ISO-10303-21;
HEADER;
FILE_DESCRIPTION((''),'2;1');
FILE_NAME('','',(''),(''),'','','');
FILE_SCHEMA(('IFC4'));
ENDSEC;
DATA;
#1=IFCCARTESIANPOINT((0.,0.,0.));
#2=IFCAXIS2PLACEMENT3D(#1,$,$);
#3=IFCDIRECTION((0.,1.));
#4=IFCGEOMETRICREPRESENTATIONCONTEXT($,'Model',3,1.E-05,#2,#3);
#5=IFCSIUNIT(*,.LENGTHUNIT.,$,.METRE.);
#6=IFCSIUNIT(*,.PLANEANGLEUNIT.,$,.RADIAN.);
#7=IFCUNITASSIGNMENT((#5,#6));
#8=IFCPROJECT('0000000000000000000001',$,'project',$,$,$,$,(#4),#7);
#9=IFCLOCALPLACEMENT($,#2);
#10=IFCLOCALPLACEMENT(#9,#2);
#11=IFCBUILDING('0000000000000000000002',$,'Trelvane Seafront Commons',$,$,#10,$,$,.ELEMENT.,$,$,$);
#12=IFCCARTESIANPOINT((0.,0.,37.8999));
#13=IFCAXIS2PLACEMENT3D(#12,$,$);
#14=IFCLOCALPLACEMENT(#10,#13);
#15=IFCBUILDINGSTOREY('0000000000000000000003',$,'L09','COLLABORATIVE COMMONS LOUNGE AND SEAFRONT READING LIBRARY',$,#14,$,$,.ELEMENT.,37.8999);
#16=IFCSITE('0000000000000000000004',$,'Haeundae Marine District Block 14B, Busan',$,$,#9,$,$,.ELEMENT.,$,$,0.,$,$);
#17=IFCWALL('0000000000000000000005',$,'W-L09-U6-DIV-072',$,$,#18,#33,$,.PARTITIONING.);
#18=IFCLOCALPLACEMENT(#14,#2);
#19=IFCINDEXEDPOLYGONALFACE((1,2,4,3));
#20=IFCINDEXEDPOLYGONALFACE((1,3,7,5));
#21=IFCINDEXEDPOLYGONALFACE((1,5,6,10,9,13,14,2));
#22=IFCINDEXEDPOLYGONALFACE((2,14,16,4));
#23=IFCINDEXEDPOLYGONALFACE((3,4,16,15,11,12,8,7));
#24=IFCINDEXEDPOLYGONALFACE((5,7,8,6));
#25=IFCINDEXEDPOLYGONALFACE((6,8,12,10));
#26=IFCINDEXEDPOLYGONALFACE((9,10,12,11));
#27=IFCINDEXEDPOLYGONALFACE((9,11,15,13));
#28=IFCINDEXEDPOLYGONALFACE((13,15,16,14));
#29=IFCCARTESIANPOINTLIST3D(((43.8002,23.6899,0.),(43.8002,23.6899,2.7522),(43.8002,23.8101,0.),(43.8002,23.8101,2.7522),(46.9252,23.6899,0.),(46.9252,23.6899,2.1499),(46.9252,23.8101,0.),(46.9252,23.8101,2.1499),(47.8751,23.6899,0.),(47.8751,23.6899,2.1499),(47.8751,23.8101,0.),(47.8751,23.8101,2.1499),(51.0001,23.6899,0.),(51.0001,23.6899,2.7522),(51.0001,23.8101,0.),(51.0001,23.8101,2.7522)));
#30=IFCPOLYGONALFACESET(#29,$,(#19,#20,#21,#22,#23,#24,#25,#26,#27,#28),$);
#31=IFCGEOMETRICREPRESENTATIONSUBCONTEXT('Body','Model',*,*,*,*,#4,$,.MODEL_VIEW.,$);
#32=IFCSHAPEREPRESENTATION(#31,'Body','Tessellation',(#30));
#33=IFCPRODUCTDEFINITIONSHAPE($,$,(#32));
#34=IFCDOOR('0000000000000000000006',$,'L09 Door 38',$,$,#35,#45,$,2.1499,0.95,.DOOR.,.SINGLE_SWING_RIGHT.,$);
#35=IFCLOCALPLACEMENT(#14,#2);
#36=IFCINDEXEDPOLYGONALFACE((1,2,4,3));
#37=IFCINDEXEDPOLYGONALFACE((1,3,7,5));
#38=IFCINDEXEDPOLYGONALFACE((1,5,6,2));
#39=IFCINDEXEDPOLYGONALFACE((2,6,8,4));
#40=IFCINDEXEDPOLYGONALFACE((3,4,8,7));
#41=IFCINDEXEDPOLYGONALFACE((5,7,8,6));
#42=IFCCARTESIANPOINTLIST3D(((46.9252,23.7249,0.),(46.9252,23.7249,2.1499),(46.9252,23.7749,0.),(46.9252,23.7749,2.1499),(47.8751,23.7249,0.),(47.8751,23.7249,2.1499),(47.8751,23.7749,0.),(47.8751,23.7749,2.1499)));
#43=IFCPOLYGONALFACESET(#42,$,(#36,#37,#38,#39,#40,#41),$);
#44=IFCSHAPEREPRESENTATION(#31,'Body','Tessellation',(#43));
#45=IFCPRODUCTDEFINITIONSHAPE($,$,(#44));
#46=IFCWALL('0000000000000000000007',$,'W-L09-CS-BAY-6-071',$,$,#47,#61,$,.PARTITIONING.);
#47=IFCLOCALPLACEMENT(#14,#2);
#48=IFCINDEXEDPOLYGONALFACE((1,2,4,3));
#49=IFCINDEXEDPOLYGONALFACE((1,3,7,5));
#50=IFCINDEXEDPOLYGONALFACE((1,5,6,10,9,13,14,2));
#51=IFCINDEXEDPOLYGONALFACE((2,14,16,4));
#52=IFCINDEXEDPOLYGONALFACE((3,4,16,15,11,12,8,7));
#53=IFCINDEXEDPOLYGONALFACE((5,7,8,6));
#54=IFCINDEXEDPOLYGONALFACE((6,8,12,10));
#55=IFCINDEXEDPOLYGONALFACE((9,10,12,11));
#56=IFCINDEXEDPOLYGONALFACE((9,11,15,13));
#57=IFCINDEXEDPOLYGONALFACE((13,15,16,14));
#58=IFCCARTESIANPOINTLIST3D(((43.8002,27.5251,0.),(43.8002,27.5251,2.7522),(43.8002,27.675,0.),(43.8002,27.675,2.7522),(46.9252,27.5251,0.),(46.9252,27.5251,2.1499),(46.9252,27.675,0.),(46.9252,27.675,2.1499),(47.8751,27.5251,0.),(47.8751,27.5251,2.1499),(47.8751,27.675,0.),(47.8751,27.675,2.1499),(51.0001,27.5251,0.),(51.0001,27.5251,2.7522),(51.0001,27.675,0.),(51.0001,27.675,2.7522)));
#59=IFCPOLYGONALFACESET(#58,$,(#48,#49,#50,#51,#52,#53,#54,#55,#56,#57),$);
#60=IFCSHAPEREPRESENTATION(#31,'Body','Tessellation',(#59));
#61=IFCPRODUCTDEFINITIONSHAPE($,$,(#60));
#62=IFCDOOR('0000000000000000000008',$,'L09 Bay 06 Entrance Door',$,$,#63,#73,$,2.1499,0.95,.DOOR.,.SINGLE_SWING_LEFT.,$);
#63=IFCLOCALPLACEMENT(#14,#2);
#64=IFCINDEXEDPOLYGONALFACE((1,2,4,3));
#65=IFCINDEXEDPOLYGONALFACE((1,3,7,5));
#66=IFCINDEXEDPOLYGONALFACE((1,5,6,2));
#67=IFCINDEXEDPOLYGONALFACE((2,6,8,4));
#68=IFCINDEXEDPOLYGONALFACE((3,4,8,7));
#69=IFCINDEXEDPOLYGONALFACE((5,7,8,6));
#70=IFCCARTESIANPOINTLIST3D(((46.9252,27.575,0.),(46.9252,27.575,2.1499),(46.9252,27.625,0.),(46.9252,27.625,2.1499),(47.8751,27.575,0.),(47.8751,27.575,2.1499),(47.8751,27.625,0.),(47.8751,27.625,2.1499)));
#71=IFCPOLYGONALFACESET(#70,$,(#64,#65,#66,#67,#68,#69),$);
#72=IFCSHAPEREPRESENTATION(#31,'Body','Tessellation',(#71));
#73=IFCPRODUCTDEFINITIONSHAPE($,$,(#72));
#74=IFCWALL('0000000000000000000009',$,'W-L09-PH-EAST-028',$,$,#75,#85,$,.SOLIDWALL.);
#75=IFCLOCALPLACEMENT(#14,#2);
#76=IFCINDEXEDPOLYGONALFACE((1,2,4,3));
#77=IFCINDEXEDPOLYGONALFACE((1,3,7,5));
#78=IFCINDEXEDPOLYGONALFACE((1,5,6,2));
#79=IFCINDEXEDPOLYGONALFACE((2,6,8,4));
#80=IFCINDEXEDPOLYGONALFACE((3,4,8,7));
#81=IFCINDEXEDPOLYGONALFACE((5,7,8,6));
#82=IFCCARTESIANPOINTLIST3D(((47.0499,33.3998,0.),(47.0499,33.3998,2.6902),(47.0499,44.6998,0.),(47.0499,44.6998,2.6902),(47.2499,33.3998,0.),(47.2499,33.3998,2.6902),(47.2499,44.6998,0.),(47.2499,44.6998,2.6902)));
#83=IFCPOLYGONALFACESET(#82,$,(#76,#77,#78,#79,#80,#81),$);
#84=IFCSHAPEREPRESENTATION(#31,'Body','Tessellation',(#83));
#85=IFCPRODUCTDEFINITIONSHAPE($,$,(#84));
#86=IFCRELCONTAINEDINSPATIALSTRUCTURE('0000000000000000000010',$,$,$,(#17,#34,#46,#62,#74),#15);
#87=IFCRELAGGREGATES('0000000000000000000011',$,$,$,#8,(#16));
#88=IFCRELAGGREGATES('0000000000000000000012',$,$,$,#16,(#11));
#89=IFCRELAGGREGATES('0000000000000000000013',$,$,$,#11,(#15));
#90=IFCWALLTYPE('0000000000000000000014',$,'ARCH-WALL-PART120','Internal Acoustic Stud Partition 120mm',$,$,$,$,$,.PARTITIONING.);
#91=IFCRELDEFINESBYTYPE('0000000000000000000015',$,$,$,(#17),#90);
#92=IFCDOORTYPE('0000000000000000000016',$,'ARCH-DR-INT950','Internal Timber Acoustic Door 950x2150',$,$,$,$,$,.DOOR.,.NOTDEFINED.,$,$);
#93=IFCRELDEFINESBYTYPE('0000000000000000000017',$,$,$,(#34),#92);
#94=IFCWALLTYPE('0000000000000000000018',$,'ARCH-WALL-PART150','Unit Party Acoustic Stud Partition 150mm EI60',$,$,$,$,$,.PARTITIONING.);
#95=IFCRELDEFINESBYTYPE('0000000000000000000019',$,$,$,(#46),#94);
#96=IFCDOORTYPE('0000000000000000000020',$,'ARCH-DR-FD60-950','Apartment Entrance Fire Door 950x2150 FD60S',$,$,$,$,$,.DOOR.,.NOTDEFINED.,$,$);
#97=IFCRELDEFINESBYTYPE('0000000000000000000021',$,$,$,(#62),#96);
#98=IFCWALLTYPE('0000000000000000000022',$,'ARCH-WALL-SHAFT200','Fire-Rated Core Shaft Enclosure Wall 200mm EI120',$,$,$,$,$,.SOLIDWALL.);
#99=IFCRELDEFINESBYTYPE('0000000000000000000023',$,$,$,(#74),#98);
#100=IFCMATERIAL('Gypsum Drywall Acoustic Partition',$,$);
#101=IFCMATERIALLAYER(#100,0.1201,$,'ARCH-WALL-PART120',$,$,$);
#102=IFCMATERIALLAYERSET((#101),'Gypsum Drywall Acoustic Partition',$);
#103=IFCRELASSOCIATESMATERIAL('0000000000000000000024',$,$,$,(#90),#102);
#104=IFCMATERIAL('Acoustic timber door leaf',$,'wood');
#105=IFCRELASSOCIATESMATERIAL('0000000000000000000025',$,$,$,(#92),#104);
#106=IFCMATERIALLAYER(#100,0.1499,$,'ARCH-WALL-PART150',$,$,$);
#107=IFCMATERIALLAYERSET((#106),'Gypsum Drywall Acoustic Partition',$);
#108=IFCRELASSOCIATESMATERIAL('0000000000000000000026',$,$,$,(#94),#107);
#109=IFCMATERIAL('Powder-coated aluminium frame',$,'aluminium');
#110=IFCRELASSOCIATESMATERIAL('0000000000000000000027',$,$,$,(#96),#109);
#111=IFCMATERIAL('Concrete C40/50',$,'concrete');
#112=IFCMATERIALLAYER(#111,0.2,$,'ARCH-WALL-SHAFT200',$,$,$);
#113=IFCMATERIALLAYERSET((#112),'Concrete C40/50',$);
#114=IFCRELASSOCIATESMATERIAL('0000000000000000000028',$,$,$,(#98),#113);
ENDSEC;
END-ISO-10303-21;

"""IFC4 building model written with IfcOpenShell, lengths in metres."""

from ifc_helpers import new_model, si_unit, direction, frame, frame_2d, origin, place, context, subcontext, project, spatial, rectangle, extrude, source, transform, mapped, material, layer, layer_set, type_object, element, fill, save


model = new_model("IFC4")

# Units and contexts
model_context = context("Model", 3, precision=1e-05, world=origin(), true_north=direction((0.0, 1.0)))
body_context = subcontext(model_context, "Body", "Model", "MODEL_VIEW")
ifc_project = project(units=[si_unit("LENGTHUNIT", "METRE"), si_unit("PLANEANGLEUNIT", "RADIAN")], contexts=[model_context])

# Site, building, storey
site_placement = place(None, origin())
site = spatial("IfcSite", under=ifc_project, at=site_placement, Name="Haeundae Marine District Block 14B, Busan", CompositionType="ELEMENT", RefElevation=0.0)
building_placement = place(site_placement, origin())
building = spatial("IfcBuilding", under=site, at=building_placement, Name="Trelvane Seafront Commons", CompositionType="ELEMENT")
storey_placement = place(building_placement, frame((0.0, 0.0, 37.8999)))
storey = spatial("IfcBuildingStorey", under=building, at=storey_placement, Name="L09", Description="COLLABORATIVE COMMONS LOUNGE AND SEAFRONT READING LIBRARY", CompositionType="ELEMENT", Elevation=37.8999)

# Shared definitions
ifc_material_1 = material(Name="Gypsum Drywall Acoustic Partition")
ifc_layer_1 = layer(ifc_material_1, 0.1201, Name="ARCH-WALL-PART120")
ifc_layer_set_1 = layer_set([ifc_layer_1], Name="Gypsum Drywall Acoustic Partition")
wall_type_1 = type_object("IfcWallType", Name="ARCH-WALL-PART120", Description="Internal Acoustic Stud Partition 120mm", PredefinedType="PARTITIONING", material=ifc_layer_set_1)
ifc_material_2 = material(Name="Acoustic timber door leaf", Category="wood")
door_type_1 = type_object("IfcDoorType", Name="ARCH-DR-INT950", Description="Internal Timber Acoustic Door 950x2150", OperationType="NOTDEFINED", PredefinedType="DOOR", material=ifc_material_2)
shared_shape_1 = source(origin(), body_context, "Body", "SweptSolid", [
    extrude(rectangle(XDim=0.95, YDim=2.1499, at=frame_2d((0.4751, 1.075))), frame((0.0, 0.0249, 0.0), z_axis=(0.0, -1.0, 0.0), x_axis=(1.0, 0.0, 0.0)), (0.0, 0.0, 1.0), 0.05),
])

# Walls, openings, doors
wall_1_placement = place(storey_placement, frame((43.8, 23.75, 0.0), z_axis=(0.0, 0.0, 1.0), x_axis=(1.0, 0.0, 0.0)))
wall_1 = element("IfcWall", 1, at=wall_1_placement, inside=storey, type_object=wall_type_1, Name="W-L09-U6-DIV-072", PredefinedType="PARTITIONING", context=body_context, shape_type="SweptSolid", body=[
    extrude(rectangle(XDim=7.2, YDim=0.1201, at=frame_2d((3.6001, 0.0))), origin(), (0.0, 0.0, 1.0), 2.7522),
])
opening_1_placement = place(wall_1_placement, frame((3.125, 0.0, 0.0)))
opening_1 = element("IfcOpeningElement", 2, at=opening_1_placement, cuts=wall_1, PredefinedType="OPENING", context=body_context, shape_type="SweptSolid", body=[
    extrude(rectangle(XDim=0.95, YDim=2.1499, at=frame_2d((0.4751, 1.075))), frame((0.0, 0.0701, 0.0), z_axis=(0.0, -1.0, 0.0), x_axis=(1.0, 0.0, 0.0)), (0.0, 0.0, 1.0), 0.1401),
])
door_1_placement = place(opening_1_placement, origin())
door_1 = element("IfcDoor", 3, at=door_1_placement, inside=storey, type_object=door_type_1, Name="L09 Door 38", OperationType="SINGLE_SWING_RIGHT", OverallHeight=2.1499, OverallWidth=0.95, PredefinedType="DOOR", context=body_context, shape_type="MappedRepresentation", body=[
    mapped(shared_shape_1, transform((0.0, 0.0, 0.0), x_axis=(1.0, 0.0, 0.0), y_axis=(0.0, 1.0, 0.0), z_axis=(0.0, 0.0, 1.0), scale=1.0)),
])
fill(opening_1, door_1)
ifc_layer_2 = layer(ifc_material_1, 0.1499, Name="ARCH-WALL-PART150")
ifc_layer_set_2 = layer_set([ifc_layer_2], Name="Gypsum Drywall Acoustic Partition")
wall_type_2 = type_object("IfcWallType", Name="ARCH-WALL-PART150", Description="Unit Party Acoustic Stud Partition 150mm EI60", PredefinedType="PARTITIONING", material=ifc_layer_set_2)
wall_2_placement = place(storey_placement, frame((43.8, 27.6001, 0.0), z_axis=(0.0, 0.0, 1.0), x_axis=(1.0, 0.0, 0.0)))
wall_2 = element("IfcWall", 4, at=wall_2_placement, inside=storey, type_object=wall_type_2, Name="W-L09-CS-BAY-6-071", PredefinedType="PARTITIONING", context=body_context, shape_type="SweptSolid", body=[
    extrude(rectangle(XDim=7.2, YDim=0.1499, at=frame_2d((3.6001, 0.0))), origin(), (0.0, 0.0, 1.0), 2.7522),
])
opening_2_placement = place(wall_2_placement, frame((3.125, 0.0, 0.0)))
opening_2 = element("IfcOpeningElement", 5, at=opening_2_placement, cuts=wall_2, PredefinedType="OPENING", context=body_context, shape_type="SweptSolid", body=[
    extrude(rectangle(XDim=0.95, YDim=2.1499, at=frame_2d((0.4751, 1.075))), frame((0.0, 0.085, 0.0), z_axis=(0.0, -1.0, 0.0), x_axis=(1.0, 0.0, 0.0)), (0.0, 0.0, 1.0), 0.1699),
])
ifc_material_3 = material(Name="Powder-coated aluminium frame", Category="aluminium")
door_type_2 = type_object("IfcDoorType", Name="ARCH-DR-FD60-950", Description="Apartment Entrance Fire Door 950x2150 FD60S", OperationType="NOTDEFINED", PredefinedType="DOOR", material=ifc_material_3)
door_2_placement = place(opening_2_placement, origin())
door_2 = element("IfcDoor", 6, at=door_2_placement, inside=storey, type_object=door_type_2, Name="L09 Bay 06 Entrance Door", OperationType="SINGLE_SWING_LEFT", OverallHeight=2.1499, OverallWidth=0.95, PredefinedType="DOOR", context=body_context, shape_type="MappedRepresentation", body=[
    mapped(shared_shape_1, transform((0.0, 0.0, 0.0), x_axis=(1.0, 0.0, 0.0), y_axis=(0.0, 1.0, 0.0), z_axis=(0.0, 0.0, 1.0), scale=1.0)),
])
fill(opening_2, door_2)

# Wall
ifc_material_4 = material(Name="Concrete C40/50", Category="concrete")
ifc_layer_3 = layer(ifc_material_4, 0.2, Name="ARCH-WALL-SHAFT200")
ifc_layer_set_3 = layer_set([ifc_layer_3], Name="Concrete C40/50")
wall_type_3 = type_object("IfcWallType", Name="ARCH-WALL-SHAFT200", Description="Fire-Rated Core Shaft Enclosure Wall 200mm EI120", PredefinedType="SOLIDWALL", material=ifc_layer_set_3)
wall_3_placement = place(storey_placement, frame((47.1499, 33.3999, 0.0), z_axis=(0.0, 0.0, 1.0), x_axis=(0.0, 1.0, 0.0)))
element("IfcWall", 7, at=wall_3_placement, inside=storey, type_object=wall_type_3, Name="W-L09-PH-EAST-028", PredefinedType="SOLIDWALL", context=body_context, shape_type="SweptSolid", body=[
    extrude(rectangle(XDim=11.3, YDim=0.2, at=frame_2d((5.6499, 0.0))), origin(), (0.0, 0.0, 1.0), 2.6902),
])

save(model, "model.ifc")
